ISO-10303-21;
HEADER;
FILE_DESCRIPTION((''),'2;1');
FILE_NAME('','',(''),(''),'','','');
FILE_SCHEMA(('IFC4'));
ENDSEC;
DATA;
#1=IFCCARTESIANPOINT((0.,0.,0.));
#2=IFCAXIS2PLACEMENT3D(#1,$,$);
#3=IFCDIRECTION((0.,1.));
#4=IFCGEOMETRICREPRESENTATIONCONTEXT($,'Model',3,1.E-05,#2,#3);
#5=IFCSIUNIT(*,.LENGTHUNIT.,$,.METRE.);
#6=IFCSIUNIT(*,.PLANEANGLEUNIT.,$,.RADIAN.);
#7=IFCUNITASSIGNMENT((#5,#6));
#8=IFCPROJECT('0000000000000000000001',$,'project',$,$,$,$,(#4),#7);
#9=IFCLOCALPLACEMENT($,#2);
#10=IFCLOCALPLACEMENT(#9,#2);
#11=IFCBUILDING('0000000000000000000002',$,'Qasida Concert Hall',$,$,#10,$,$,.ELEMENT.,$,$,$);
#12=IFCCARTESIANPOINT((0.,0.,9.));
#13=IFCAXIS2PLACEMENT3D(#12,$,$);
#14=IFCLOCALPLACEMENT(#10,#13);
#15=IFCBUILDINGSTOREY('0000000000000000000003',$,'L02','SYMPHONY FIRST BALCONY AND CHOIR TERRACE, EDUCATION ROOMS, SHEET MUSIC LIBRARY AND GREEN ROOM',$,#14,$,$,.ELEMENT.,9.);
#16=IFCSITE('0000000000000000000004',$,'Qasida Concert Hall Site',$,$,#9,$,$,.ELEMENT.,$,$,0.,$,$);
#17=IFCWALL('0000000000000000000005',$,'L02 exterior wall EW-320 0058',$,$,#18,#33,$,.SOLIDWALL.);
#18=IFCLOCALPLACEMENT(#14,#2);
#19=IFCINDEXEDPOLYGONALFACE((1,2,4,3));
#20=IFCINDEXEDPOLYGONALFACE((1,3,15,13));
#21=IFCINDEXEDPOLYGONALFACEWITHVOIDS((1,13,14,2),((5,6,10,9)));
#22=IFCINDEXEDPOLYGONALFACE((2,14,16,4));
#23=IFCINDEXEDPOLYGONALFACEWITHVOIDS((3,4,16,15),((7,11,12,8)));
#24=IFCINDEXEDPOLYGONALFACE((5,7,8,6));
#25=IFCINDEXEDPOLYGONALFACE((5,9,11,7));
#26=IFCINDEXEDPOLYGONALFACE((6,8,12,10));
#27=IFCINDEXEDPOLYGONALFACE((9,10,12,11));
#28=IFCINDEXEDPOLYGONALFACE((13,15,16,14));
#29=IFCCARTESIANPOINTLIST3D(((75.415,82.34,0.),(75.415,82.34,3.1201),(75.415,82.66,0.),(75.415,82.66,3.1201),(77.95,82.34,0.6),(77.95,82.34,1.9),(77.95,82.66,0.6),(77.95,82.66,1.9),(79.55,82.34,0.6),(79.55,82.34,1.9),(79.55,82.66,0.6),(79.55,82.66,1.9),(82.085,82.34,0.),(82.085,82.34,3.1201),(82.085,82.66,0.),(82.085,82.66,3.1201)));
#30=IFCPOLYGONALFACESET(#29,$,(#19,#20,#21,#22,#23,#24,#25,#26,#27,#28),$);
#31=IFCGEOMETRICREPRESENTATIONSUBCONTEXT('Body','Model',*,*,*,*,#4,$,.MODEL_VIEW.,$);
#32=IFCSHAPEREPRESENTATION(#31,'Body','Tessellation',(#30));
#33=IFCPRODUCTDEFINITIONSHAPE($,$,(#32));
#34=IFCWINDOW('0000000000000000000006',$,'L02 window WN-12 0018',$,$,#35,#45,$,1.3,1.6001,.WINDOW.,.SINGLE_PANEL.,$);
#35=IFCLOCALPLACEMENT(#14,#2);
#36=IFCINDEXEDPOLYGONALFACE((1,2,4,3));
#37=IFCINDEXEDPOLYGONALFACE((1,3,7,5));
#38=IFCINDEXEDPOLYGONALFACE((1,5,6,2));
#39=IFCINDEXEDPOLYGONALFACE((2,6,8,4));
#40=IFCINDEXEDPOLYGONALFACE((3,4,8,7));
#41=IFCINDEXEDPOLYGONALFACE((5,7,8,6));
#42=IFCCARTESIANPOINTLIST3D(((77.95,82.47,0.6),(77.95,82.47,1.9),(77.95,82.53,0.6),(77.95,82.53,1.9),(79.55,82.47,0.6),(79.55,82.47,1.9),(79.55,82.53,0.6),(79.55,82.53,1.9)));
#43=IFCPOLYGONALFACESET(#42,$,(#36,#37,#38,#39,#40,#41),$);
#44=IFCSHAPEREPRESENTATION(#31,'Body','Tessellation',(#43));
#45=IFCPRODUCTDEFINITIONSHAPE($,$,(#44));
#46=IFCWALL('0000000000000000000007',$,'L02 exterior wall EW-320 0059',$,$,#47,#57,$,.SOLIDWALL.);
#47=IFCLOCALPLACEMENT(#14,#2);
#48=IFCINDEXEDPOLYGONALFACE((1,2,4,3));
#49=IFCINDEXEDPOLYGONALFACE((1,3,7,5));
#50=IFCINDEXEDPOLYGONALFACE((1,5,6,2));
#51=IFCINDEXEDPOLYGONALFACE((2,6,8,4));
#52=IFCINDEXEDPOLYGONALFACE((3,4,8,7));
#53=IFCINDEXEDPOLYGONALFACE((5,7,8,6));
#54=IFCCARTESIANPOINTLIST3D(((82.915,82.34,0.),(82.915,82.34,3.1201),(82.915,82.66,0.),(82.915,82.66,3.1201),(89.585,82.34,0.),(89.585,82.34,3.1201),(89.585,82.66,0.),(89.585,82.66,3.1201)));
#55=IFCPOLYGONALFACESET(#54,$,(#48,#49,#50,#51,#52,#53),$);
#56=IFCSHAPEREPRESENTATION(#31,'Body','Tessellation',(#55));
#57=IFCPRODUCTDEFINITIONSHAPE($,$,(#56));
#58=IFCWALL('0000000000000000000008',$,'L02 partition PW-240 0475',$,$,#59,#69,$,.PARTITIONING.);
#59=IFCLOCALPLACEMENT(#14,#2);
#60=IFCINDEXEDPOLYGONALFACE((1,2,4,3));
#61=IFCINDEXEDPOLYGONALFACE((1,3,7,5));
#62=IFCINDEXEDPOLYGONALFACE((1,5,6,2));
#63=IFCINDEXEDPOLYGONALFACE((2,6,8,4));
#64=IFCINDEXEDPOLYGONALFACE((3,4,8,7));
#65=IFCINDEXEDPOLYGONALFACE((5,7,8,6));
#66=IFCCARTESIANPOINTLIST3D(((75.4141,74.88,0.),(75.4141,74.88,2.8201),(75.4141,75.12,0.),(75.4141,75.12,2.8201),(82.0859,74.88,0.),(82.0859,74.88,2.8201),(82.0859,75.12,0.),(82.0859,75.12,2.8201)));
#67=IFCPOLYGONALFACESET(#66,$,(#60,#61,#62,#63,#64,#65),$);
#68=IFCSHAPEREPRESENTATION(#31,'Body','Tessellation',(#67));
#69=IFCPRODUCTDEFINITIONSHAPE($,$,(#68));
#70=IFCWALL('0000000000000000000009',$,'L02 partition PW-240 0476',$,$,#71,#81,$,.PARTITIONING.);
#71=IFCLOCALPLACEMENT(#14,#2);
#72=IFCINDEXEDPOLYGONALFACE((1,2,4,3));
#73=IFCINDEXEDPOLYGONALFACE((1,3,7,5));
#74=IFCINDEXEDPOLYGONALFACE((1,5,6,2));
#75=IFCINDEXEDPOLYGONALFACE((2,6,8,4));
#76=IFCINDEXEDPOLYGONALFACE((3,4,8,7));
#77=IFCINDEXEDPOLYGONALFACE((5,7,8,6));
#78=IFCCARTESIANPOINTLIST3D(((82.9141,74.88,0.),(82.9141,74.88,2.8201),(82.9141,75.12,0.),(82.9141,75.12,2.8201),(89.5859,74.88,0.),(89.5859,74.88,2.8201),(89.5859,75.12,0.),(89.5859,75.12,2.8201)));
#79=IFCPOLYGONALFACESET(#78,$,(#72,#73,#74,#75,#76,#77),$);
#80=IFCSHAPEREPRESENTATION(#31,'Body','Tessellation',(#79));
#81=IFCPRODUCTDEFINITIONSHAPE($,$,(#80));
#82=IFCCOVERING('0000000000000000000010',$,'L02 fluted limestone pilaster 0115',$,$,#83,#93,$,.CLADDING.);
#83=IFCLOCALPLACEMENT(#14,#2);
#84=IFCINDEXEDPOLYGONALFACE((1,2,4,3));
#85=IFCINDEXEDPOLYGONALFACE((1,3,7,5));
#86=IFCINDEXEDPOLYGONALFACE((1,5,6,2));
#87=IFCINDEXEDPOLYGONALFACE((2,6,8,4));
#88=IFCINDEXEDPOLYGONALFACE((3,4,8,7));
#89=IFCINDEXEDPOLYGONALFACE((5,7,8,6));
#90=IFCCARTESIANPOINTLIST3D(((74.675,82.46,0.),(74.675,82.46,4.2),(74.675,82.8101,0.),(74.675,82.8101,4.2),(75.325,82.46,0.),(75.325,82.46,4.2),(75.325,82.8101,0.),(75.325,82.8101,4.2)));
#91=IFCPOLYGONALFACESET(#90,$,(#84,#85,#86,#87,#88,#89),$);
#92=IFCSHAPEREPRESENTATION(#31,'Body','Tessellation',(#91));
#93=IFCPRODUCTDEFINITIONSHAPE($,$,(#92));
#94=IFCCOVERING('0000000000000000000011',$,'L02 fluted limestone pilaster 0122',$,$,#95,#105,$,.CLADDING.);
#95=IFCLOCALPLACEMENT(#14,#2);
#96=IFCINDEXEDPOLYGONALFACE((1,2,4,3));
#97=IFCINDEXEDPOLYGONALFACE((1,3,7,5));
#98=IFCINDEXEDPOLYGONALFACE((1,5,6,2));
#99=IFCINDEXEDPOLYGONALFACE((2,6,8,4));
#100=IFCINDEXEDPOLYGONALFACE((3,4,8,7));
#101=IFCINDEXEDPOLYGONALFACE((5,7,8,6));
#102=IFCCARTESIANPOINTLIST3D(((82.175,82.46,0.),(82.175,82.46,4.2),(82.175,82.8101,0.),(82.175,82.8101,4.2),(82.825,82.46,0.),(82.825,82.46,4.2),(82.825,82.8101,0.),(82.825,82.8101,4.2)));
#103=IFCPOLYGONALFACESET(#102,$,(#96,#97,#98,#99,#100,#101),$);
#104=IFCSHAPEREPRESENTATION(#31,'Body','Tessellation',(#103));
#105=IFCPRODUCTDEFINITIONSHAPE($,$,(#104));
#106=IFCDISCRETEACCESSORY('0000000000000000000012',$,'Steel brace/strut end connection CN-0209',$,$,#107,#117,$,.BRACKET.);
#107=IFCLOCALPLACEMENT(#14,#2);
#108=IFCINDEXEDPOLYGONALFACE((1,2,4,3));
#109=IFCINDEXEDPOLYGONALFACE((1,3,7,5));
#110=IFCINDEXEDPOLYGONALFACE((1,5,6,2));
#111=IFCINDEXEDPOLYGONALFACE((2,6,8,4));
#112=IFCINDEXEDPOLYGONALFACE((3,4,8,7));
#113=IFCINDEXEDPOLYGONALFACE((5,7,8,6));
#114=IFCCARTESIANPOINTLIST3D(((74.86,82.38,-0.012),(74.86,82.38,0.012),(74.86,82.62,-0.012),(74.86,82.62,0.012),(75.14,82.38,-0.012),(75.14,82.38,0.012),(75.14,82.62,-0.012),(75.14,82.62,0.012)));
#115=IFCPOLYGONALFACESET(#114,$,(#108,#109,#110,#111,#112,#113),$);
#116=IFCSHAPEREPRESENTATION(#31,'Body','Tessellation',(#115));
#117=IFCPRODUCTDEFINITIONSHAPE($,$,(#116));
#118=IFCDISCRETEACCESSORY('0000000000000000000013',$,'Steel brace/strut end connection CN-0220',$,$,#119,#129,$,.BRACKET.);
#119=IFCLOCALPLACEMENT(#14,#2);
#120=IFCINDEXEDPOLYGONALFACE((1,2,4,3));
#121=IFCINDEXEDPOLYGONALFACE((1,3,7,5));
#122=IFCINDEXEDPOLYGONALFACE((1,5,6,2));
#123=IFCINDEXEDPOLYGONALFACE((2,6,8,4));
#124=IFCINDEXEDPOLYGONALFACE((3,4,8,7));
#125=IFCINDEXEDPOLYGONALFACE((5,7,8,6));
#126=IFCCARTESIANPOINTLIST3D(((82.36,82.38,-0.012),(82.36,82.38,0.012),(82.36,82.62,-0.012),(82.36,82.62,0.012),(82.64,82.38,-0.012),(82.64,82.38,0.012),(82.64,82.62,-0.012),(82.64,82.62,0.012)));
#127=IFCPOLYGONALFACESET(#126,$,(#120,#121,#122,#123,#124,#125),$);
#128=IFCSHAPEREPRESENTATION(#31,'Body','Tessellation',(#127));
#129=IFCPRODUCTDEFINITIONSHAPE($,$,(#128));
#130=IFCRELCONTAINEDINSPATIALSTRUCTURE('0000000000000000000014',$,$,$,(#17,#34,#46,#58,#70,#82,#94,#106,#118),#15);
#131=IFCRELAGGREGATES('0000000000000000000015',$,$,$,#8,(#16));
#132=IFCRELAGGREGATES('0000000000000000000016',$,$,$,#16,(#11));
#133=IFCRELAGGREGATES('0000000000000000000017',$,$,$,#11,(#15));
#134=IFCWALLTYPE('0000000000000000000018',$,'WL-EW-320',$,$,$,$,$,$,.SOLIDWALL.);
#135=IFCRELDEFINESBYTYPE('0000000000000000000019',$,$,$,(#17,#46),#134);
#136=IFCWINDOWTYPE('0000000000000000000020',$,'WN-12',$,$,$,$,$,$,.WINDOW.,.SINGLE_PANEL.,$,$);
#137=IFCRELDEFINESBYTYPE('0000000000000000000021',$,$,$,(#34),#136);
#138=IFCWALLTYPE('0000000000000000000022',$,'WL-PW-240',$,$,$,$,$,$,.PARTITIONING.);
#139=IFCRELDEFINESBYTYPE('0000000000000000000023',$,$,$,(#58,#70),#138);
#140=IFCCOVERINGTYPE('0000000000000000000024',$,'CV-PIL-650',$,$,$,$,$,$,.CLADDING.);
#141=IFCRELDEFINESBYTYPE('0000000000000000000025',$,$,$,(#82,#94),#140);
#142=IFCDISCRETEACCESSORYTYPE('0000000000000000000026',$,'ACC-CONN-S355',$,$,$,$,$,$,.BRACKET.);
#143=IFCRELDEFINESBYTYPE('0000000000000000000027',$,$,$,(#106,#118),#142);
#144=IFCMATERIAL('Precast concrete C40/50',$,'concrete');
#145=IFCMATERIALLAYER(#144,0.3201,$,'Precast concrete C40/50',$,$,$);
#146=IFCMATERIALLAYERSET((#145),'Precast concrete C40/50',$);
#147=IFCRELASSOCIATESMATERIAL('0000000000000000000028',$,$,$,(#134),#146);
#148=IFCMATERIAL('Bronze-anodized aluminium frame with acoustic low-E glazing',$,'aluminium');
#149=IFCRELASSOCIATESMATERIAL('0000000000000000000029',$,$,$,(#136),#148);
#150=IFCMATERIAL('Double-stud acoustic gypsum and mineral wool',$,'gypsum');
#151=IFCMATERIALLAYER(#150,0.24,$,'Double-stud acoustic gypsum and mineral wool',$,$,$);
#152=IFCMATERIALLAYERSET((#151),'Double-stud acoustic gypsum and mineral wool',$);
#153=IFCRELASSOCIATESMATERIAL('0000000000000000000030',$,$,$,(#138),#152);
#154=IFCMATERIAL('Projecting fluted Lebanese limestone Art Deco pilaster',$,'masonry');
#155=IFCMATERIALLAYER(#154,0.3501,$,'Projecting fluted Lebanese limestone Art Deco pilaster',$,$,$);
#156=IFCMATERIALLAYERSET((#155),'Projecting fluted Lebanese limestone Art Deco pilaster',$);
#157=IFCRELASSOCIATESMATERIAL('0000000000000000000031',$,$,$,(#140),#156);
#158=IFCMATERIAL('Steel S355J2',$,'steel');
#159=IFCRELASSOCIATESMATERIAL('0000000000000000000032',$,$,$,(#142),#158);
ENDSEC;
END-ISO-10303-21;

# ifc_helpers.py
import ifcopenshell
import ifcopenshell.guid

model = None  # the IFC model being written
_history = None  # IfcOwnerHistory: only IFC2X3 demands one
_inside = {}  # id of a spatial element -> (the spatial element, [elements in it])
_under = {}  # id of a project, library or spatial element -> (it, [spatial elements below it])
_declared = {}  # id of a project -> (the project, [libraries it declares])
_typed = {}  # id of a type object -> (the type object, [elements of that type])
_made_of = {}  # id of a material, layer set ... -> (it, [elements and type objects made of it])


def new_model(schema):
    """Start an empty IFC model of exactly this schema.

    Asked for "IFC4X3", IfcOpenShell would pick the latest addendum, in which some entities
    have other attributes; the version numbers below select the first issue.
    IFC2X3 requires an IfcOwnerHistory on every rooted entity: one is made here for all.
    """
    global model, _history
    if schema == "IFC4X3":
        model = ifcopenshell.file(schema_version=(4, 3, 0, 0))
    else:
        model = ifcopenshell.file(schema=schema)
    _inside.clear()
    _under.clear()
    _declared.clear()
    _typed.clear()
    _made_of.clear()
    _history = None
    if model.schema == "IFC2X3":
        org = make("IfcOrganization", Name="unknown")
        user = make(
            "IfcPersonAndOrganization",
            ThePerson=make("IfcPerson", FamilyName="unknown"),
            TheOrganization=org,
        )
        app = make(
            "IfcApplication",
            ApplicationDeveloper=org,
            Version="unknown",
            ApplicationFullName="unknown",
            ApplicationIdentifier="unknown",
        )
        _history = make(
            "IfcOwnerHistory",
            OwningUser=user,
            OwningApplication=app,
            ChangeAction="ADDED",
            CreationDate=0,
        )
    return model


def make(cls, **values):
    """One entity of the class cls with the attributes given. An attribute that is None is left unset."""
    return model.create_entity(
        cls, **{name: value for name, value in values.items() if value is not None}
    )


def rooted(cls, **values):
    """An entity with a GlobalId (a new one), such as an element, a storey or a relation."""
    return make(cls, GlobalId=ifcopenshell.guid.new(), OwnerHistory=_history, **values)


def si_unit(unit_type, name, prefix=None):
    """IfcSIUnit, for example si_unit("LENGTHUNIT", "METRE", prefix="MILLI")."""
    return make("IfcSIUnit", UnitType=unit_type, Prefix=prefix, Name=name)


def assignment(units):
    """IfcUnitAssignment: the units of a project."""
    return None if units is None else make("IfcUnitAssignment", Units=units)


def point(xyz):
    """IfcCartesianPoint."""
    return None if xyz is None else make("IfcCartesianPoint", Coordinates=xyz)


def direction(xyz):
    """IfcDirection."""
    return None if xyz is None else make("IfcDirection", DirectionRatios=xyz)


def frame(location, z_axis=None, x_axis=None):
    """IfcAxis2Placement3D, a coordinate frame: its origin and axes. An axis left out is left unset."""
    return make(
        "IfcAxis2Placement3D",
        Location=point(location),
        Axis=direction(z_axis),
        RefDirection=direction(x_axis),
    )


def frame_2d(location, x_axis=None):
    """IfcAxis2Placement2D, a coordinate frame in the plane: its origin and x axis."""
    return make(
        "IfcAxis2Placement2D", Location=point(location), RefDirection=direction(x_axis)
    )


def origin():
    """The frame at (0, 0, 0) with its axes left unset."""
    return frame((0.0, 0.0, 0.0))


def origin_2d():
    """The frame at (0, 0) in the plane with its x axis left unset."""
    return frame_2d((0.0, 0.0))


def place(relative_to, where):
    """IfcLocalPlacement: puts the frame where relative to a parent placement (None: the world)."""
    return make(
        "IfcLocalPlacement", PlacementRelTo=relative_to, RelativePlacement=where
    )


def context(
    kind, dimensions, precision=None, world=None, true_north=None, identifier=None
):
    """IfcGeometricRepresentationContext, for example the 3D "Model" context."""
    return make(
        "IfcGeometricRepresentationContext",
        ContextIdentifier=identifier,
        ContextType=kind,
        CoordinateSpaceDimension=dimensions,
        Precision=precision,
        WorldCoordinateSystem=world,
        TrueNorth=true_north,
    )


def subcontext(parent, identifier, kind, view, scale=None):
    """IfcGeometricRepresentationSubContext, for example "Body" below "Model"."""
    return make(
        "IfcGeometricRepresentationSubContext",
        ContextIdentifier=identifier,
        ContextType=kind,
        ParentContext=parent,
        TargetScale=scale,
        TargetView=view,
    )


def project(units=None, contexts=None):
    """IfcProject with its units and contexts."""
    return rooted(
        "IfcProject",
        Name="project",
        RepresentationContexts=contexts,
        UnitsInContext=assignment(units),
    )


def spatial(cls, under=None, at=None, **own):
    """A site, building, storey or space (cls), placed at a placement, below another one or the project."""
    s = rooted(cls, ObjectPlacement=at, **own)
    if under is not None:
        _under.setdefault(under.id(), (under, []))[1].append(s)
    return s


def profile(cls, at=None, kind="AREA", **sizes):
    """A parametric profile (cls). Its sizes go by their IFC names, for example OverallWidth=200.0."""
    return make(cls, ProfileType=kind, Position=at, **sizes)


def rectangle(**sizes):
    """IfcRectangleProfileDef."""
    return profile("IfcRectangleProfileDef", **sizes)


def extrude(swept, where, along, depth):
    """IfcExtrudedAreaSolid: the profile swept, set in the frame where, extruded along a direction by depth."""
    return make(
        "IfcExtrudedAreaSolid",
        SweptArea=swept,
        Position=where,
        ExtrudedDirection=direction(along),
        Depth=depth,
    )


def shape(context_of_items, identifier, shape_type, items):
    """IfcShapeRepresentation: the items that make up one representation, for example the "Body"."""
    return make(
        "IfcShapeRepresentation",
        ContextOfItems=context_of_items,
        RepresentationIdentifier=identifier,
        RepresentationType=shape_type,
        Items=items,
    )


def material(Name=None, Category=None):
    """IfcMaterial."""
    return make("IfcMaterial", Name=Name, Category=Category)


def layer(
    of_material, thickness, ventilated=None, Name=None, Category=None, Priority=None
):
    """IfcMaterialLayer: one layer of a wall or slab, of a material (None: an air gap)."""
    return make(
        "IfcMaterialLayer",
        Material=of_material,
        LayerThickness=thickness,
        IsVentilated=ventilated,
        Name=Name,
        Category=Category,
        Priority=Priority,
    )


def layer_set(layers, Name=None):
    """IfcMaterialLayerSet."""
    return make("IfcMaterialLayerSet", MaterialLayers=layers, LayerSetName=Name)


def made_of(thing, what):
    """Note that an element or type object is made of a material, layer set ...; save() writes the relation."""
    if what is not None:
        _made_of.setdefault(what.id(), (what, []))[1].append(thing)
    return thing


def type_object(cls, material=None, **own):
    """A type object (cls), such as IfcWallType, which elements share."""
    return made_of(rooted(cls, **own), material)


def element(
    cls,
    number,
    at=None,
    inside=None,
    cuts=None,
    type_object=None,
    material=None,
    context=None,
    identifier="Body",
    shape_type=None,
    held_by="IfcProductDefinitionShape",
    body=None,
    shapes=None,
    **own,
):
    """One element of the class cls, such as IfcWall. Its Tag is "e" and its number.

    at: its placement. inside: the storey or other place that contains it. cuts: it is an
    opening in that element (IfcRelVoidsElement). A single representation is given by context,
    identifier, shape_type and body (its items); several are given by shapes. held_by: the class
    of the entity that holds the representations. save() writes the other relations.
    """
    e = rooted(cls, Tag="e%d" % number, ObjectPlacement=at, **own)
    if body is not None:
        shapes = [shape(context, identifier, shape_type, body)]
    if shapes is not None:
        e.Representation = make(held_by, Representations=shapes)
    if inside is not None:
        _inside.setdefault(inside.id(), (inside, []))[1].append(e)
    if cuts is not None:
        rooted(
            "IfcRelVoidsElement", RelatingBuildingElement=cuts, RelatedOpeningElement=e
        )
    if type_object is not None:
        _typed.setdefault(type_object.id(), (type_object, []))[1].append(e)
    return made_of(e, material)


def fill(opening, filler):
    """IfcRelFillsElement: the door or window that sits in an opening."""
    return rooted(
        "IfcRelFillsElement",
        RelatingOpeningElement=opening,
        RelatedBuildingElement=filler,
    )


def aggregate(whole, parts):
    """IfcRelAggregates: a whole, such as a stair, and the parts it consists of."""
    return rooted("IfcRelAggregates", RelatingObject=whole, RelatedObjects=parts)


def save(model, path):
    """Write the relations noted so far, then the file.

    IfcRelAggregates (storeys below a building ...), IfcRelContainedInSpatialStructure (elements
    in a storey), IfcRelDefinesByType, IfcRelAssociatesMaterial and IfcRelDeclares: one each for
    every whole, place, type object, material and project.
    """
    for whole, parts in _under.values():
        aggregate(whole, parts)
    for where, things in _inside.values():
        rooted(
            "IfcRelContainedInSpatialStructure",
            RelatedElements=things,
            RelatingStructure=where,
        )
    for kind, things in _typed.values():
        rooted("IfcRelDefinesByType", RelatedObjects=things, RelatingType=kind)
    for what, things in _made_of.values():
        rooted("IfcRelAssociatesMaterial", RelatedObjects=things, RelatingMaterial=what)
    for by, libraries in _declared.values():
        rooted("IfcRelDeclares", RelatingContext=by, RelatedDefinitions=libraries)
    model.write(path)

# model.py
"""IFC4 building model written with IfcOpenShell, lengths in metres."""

from ifc_helpers import new_model, si_unit, direction, frame, frame_2d, origin, origin_2d, place, context, subcontext, project, spatial, rectangle, extrude, material, layer, layer_set, type_object, element, fill, save


model = new_model("IFC4")

# Units and contexts
model_context = context("Model", 3, precision=1e-05, world=origin(), true_north=direction((0.0, 1.0)))
body_context = subcontext(model_context, "Body", "Model", "MODEL_VIEW")
ifc_project = project(units=[si_unit("LENGTHUNIT", "METRE"), si_unit("PLANEANGLEUNIT", "RADIAN")], contexts=[model_context])

# Site, building, storey
site_placement = place(None, origin())
site = spatial("IfcSite", under=ifc_project, at=site_placement, Name="Qasida Concert Hall Site", CompositionType="ELEMENT", RefElevation=0.0)
building_placement = place(site_placement, origin())
building = spatial("IfcBuilding", under=site, at=building_placement, Name="Qasida Concert Hall", CompositionType="ELEMENT")
storey_placement = place(building_placement, frame((0.0, 0.0, 9.0)))
storey = spatial("IfcBuildingStorey", under=building, at=storey_placement, Name="L02", Description="SYMPHONY FIRST BALCONY AND CHOIR TERRACE, EDUCATION ROOMS, SHEET MUSIC LIBRARY AND GREEN ROOM", CompositionType="ELEMENT", Elevation=9.0)

# Shared definitions
ifc_material_1 = material(Name="Steel S355J2", Category="steel")

# Wall, opening, window
ifc_material_2 = material(Name="Precast concrete C40/50", Category="concrete")
ifc_layer_1 = layer(ifc_material_2, 0.3201, Name="Precast concrete C40/50")
ifc_layer_set_1 = layer_set([ifc_layer_1], Name="Precast concrete C40/50")
wall_type_1 = type_object("IfcWallType", Name="WL-EW-320", PredefinedType="SOLIDWALL", material=ifc_layer_set_1)
wall_1_placement = place(storey_placement, frame((75.415, 82.5, 0.0), z_axis=(0.0, 0.0, 1.0), x_axis=(1.0, 0.0, 0.0)))
wall_1 = element("IfcWall", 1, at=wall_1_placement, inside=storey, type_object=wall_type_1, Name="L02 exterior wall EW-320 0058", PredefinedType="SOLIDWALL", context=body_context, shape_type="SweptSolid", body=[
    extrude(rectangle(XDim=6.6699, YDim=0.3201, at=frame_2d((3.335, 0.0))), origin(), (0.0, 0.0, 1.0), 3.1201),
])
opening_placement = place(wall_1_placement, frame((2.5349, 0.0, 0.6001)))
opening = element("IfcOpeningElement", 2, at=opening_placement, cuts=wall_1, PredefinedType="OPENING", context=body_context, shape_type="SweptSolid", body=[
    extrude(rectangle(XDim=1.6001, YDim=1.3, at=frame_2d((0.8, 0.6499))), frame((0.0, 0.1699, 0.0), z_axis=(0.0, -1.0, 0.0), x_axis=(1.0, 0.0, 0.0)), (0.0, 0.0, 1.0), 0.3401),
])
ifc_material_3 = material(Name="Bronze-anodized aluminium frame with acoustic low-E glazing", Category="aluminium")
window_type = type_object("IfcWindowType", Name="WN-12", PartitioningType="SINGLE_PANEL", PredefinedType="WINDOW", material=ifc_material_3)
window_placement = place(opening_placement, origin())
window = element("IfcWindow", 3, at=window_placement, inside=storey, type_object=window_type, Name="L02 window WN-12 0018", OverallHeight=1.3, OverallWidth=1.6001, PartitioningType="SINGLE_PANEL", PredefinedType="WINDOW", context=body_context, shape_type="SweptSolid", body=[
    extrude(rectangle(XDim=1.6001, YDim=1.3, at=frame_2d((0.8, 0.6499))), frame((0.0, 0.03, 0.0), z_axis=(0.0, -1.0, 0.0), x_axis=(1.0, 0.0, 0.0)), (0.0, 0.0, 1.0), 0.0601),
])
fill(opening, window)

# Walls
wall_2_placement = place(storey_placement, frame((82.915, 82.5, 0.0), z_axis=(0.0, 0.0, 1.0), x_axis=(1.0, 0.0, 0.0)))
element("IfcWall", 4, at=wall_2_placement, inside=storey, type_object=wall_type_1, Name="L02 exterior wall EW-320 0059", PredefinedType="SOLIDWALL", context=body_context, shape_type="SweptSolid", body=[
    extrude(rectangle(XDim=6.6699, YDim=0.3201, at=frame_2d((3.335, 0.0))), origin(), (0.0, 0.0, 1.0), 3.1201),
])
ifc_material_4 = material(Name="Double-stud acoustic gypsum and mineral wool", Category="gypsum")
ifc_layer_2 = layer(ifc_material_4, 0.24, Name="Double-stud acoustic gypsum and mineral wool")
ifc_layer_set_2 = layer_set([ifc_layer_2], Name="Double-stud acoustic gypsum and mineral wool")
wall_type_2 = type_object("IfcWallType", Name="WL-PW-240", PredefinedType="PARTITIONING", material=ifc_layer_set_2)
for number, where, z_axis, x_axis, name in (
    (5, (75.4141, 75.0, 0.0), (0.0, 0.0, 1.0), (1.0, 0.0, 0.0), "L02 partition PW-240 0475"),
    (6, (82.9141, 75.0, 0.0), (0.0, 0.0, 1.0), (1.0, 0.0, 0.0), "L02 partition PW-240 0476"),
):
    element("IfcWall", number, at=place(storey_placement, frame(where, z_axis=z_axis, x_axis=x_axis)), inside=storey, type_object=wall_type_2, Name=name, PredefinedType="PARTITIONING", context=body_context, shape_type="SweptSolid", body=[
        extrude(rectangle(XDim=6.6719, YDim=0.24, at=frame_2d((3.3359, 0.0))), origin(), (0.0, 0.0, 1.0), 2.8201),
    ])

# Coverings
ifc_material_5 = material(Name="Projecting fluted Lebanese limestone Art Deco pilaster", Category="masonry")
ifc_layer_3 = layer(ifc_material_5, 0.3501, Name="Projecting fluted Lebanese limestone Art Deco pilaster")
ifc_layer_set_3 = layer_set([ifc_layer_3], Name="Projecting fluted Lebanese limestone Art Deco pilaster")
covering_type = type_object("IfcCoveringType", Name="CV-PIL-650", PredefinedType="CLADDING", material=ifc_layer_set_3)
for number, where, z_axis, x_axis, name in (
    (7, (75.0, 82.635, 0.0), (0.0, 0.0, 1.0), (1.0, 0.0, 0.0), "L02 fluted limestone pilaster 0115"),
    (8, (82.5, 82.635, 0.0), (0.0, 0.0, 1.0), (1.0, 0.0, 0.0), "L02 fluted limestone pilaster 0122"),
):
    element("IfcCovering", number, at=place(storey_placement, frame(where, z_axis=z_axis, x_axis=x_axis)), inside=storey, type_object=covering_type, Name=name, PredefinedType="CLADDING", context=body_context, shape_type="SweptSolid", body=[
        extrude(rectangle(XDim=0.6499, YDim=0.3501, at=origin_2d()), origin(), (0.0, 0.0, 1.0), 4.2),
    ])

# Discrete accessories
discrete_accessory_type = type_object("IfcDiscreteAccessoryType", Name="ACC-CONN-S355", PredefinedType="BRACKET", material=ifc_material_1)
for number, where, z_axis, x_axis, name in (
    (9, (75.0, 82.5, -0.012), (0.0, 0.0, 1.0), (1.0, 0.0, 0.0), "Steel brace/strut end connection CN-0209"),
    (10, (82.5, 82.5, -0.012), (0.0, 0.0, 1.0), (1.0, 0.0, 0.0), "Steel brace/strut end connection CN-0220"),
):
    element("IfcDiscreteAccessory", number, at=place(storey_placement, frame(where, z_axis=z_axis, x_axis=x_axis)), inside=storey, type_object=discrete_accessory_type, Name=name, PredefinedType="BRACKET", context=body_context, shape_type="SweptSolid", body=[
        extrude(rectangle(XDim=0.28, YDim=0.24, at=origin_2d()), origin(), (0.0, 0.0, 1.0), 0.0239),
    ])

save(model, "model.ifc")
